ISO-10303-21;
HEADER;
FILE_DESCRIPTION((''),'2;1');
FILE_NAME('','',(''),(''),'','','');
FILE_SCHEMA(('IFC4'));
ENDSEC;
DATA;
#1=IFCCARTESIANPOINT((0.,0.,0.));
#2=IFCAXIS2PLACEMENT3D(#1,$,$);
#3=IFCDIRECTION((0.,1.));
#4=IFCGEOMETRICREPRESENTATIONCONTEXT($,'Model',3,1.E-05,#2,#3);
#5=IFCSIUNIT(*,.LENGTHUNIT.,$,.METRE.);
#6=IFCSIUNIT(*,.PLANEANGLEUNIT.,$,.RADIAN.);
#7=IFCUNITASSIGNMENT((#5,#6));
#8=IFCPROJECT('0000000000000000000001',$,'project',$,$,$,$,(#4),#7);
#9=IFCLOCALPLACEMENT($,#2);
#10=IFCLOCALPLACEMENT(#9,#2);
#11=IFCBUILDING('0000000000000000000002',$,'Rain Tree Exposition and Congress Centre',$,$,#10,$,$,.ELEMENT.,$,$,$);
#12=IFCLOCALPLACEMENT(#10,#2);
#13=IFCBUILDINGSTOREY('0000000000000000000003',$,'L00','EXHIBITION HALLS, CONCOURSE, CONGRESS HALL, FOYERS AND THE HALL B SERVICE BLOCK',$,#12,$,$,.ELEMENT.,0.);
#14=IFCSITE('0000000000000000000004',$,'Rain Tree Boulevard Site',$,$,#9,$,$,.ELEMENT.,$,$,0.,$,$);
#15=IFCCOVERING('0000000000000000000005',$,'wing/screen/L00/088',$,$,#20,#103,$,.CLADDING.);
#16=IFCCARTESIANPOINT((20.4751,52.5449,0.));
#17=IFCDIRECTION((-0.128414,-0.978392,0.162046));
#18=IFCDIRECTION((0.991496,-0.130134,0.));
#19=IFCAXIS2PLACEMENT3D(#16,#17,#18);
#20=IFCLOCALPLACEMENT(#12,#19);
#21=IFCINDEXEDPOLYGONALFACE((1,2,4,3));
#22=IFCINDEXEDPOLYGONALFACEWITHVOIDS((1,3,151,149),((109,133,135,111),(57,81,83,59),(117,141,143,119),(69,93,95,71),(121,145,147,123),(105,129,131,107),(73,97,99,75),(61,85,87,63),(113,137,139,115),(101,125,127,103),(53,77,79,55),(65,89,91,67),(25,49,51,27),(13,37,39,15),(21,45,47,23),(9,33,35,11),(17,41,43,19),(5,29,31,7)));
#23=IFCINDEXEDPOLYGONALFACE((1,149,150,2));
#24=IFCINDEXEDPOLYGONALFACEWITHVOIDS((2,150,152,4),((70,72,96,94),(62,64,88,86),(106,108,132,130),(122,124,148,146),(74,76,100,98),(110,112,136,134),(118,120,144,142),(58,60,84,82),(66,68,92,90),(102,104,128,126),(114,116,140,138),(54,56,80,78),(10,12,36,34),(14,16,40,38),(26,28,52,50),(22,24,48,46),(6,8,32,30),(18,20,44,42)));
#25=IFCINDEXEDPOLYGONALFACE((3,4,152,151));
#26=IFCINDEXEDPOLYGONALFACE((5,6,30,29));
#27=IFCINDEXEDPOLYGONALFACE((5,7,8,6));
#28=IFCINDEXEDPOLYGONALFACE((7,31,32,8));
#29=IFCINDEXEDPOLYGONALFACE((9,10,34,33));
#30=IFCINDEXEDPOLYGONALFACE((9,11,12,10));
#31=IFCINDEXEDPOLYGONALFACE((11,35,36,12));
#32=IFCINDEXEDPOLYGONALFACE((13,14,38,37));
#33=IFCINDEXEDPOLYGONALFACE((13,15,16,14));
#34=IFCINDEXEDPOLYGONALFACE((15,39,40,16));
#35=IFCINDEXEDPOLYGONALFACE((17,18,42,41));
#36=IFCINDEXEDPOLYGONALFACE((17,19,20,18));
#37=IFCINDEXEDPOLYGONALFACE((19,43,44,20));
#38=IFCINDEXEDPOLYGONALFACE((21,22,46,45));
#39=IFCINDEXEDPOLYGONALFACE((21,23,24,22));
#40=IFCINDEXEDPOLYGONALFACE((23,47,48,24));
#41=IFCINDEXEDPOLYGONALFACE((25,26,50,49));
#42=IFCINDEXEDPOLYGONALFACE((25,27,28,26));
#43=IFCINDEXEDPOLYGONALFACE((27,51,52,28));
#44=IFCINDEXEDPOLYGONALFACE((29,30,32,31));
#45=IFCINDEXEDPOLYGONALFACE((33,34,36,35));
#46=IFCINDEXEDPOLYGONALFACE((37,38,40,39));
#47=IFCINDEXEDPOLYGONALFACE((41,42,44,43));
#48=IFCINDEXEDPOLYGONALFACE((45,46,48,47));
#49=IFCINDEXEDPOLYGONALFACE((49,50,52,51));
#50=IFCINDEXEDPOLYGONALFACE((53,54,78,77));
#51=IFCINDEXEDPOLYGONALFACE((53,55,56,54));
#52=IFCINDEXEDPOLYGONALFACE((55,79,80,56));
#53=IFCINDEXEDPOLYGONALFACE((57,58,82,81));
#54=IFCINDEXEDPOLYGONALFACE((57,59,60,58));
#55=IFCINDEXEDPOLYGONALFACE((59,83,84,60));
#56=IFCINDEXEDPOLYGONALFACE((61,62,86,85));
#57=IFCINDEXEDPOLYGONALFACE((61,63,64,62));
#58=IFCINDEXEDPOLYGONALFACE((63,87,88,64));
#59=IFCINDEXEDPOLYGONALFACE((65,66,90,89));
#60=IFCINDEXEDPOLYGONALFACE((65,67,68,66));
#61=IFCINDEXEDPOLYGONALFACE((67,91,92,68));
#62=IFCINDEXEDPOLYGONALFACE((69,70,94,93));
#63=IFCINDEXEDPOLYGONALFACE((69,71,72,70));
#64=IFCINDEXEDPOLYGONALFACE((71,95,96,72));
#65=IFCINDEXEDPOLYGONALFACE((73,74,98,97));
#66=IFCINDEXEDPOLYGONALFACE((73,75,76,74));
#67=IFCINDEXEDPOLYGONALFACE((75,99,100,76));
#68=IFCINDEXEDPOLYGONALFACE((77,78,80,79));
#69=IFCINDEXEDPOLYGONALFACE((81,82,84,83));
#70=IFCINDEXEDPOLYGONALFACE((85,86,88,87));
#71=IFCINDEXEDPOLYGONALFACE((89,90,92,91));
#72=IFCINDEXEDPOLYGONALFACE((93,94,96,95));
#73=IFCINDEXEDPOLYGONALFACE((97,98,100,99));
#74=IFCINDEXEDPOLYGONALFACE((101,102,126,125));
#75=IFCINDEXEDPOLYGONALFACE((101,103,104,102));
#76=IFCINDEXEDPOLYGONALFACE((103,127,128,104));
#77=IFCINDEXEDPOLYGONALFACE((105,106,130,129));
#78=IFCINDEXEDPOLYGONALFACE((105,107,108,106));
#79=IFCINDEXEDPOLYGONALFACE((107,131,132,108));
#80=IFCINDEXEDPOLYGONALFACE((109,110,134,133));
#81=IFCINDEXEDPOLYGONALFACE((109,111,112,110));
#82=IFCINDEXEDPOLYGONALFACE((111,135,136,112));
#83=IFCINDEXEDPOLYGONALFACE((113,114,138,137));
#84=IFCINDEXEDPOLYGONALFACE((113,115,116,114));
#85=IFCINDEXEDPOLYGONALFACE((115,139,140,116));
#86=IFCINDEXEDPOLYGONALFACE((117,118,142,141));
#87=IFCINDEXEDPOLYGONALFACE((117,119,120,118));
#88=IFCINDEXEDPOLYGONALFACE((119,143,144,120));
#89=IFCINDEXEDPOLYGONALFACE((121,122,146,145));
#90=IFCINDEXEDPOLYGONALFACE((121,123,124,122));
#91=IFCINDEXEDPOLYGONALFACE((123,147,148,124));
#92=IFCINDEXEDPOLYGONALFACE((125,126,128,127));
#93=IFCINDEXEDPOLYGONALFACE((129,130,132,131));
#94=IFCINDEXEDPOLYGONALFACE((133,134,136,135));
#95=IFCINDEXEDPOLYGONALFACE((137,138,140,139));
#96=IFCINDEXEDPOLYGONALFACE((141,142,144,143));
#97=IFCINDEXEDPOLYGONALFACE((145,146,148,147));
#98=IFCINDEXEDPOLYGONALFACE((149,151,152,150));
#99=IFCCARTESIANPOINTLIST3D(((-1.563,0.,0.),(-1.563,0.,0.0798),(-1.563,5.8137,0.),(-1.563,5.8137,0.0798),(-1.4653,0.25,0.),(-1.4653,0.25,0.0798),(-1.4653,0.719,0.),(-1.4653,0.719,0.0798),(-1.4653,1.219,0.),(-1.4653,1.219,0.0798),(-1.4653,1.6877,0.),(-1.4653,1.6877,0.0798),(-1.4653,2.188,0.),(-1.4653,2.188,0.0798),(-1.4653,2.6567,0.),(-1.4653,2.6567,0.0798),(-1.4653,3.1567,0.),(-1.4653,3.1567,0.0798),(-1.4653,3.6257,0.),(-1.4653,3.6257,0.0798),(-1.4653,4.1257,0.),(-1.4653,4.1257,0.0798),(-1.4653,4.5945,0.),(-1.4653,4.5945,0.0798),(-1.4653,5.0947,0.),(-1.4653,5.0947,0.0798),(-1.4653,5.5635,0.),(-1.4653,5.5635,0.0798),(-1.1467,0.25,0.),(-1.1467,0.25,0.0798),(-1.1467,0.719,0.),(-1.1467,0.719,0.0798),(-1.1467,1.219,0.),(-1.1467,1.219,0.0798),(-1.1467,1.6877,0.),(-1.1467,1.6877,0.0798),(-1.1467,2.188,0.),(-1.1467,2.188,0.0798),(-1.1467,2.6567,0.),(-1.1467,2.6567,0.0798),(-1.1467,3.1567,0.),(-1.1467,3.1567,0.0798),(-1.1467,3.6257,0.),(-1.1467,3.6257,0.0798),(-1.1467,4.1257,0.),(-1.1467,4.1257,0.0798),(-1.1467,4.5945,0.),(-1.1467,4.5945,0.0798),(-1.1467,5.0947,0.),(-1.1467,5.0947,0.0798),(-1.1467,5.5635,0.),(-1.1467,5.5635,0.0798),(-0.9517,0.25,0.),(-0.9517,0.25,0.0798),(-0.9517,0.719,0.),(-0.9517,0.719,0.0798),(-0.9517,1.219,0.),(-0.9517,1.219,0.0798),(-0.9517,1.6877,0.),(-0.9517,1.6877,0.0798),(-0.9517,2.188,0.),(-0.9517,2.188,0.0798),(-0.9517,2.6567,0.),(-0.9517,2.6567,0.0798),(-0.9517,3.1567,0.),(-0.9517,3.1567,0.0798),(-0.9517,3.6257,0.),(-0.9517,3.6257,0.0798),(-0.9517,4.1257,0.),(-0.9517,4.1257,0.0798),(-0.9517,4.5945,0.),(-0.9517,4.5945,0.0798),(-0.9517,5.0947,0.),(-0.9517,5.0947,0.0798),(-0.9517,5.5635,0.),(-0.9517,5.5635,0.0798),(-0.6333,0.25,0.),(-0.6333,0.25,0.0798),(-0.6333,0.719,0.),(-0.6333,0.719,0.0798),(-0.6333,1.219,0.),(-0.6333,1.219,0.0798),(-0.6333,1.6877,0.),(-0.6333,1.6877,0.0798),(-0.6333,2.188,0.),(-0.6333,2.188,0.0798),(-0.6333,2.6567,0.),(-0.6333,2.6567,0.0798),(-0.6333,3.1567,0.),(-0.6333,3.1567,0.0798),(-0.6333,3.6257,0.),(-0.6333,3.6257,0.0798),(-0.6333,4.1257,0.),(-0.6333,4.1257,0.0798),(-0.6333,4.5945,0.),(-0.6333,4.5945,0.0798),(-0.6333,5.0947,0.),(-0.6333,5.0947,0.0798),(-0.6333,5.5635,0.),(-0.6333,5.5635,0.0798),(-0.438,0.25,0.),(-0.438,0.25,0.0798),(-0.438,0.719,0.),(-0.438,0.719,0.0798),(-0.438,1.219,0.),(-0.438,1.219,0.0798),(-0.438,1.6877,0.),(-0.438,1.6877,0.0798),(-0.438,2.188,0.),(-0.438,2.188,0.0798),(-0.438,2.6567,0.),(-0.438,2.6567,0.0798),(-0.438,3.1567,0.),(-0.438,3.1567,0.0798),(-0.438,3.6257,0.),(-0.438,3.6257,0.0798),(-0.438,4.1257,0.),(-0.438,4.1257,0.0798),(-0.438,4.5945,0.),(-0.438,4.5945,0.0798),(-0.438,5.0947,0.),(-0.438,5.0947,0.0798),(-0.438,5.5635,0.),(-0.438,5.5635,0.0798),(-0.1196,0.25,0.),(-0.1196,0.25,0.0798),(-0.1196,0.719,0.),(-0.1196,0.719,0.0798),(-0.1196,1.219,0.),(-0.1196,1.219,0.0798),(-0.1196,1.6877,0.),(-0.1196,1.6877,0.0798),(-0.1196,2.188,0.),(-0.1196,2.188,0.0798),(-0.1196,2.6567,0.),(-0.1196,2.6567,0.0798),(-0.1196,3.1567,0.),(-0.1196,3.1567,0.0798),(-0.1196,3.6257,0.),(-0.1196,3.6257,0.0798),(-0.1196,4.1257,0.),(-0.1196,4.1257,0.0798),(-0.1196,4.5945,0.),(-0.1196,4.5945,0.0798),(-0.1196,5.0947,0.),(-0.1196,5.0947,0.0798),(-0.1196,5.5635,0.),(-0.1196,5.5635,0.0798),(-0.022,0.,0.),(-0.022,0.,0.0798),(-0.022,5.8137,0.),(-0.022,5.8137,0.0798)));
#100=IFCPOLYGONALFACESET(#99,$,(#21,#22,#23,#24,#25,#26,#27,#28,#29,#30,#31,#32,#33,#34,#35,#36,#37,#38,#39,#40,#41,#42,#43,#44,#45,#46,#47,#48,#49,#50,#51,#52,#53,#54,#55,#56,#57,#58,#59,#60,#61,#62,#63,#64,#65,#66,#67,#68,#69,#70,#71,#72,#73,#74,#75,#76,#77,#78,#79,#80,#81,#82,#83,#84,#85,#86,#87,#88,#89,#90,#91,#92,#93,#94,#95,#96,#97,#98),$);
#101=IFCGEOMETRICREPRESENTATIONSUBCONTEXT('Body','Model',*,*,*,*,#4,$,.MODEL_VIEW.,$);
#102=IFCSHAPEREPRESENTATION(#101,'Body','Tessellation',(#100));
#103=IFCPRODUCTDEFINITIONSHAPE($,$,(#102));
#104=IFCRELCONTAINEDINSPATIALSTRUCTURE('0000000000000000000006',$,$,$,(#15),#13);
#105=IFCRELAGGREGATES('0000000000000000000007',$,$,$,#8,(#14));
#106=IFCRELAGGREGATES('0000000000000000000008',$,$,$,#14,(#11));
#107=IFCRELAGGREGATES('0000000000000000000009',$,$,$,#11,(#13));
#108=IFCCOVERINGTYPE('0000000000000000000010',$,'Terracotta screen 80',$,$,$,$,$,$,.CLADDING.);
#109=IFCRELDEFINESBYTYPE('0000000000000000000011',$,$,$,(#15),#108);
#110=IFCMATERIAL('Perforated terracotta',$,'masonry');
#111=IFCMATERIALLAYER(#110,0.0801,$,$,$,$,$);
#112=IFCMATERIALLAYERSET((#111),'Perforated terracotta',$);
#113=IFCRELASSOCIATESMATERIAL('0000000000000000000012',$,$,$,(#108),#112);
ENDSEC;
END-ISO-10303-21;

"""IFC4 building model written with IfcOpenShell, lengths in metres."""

from ifc_helpers import new_model, si_unit, direction, frame, origin, place, context, subcontext, project, spatial, polyline, outline, extrude, material, layer, layer_set, type_object, element, save


model = new_model("IFC4")

# Units and contexts
model_context = context("Model", 3, precision=1e-05, world=origin(), true_north=direction((0.0, 1.0)))
body_context = subcontext(model_context, "Body", "Model", "MODEL_VIEW")
ifc_project = project(units=[si_unit("LENGTHUNIT", "METRE"), si_unit("PLANEANGLEUNIT", "RADIAN")], contexts=[model_context])

# Site, building, storey
site_placement = place(None, origin())
site = spatial("IfcSite", under=ifc_project, at=site_placement, Name="Rain Tree Boulevard Site", CompositionType="ELEMENT", RefElevation=0.0)
building_placement = place(site_placement, origin())
building = spatial("IfcBuilding", under=site, at=building_placement, Name="Rain Tree Exposition and Congress Centre", CompositionType="ELEMENT")
storey_placement = place(building_placement, origin())
storey = spatial("IfcBuildingStorey", under=building, at=storey_placement, Name="L00", Description="EXHIBITION HALLS, CONCOURSE, CONGRESS HALL, FOYERS AND THE HALL B SERVICE BLOCK", CompositionType="ELEMENT", Elevation=0.0)

# Covering
ifc_material_1 = material(Name="Perforated terracotta", Category="masonry")
ifc_layer_1 = layer(ifc_material_1, 0.0801)
ifc_layer_set_1 = layer_set([ifc_layer_1], Name="Perforated terracotta")
covering_type = type_object("IfcCoveringType", Name="Terracotta screen 80", PredefinedType="CLADDING", material=ifc_layer_set_1)
covering_1_placement = place(storey_placement, frame((20.4751, 52.5449, 0.0), z_axis=(-0.128414, -0.978392, 0.162046), x_axis=(0.991496, -0.130134, 0.0)))
element("IfcCovering", 1, at=covering_1_placement, inside=storey, type_object=covering_type, Name="wing/screen/L00/088", PredefinedType="CLADDING", context=body_context, shape_type="SweptSolid", body=[
    extrude(outline(polyline([(-0.022, 5.8137), (-0.022, 0.0), (-1.563, 0.0), (-1.563, 5.8137), (-0.022, 5.8137)]), holes=[polyline([(-0.1196, 0.25), (-0.1196, 0.719), (-0.438, 0.719), (-0.438, 0.25), (-0.1196, 0.25)]), polyline([(-0.1196, 1.219), (-0.1196, 1.6877), (-0.438, 1.6877), (-0.438, 1.219), (-0.1196, 1.219)]), polyline([(-0.1196, 2.188), (-0.1196, 2.6567), (-0.438, 2.6567), (-0.438, 2.188), (-0.1196, 2.188)]), polyline([(-0.1196, 3.1567), (-0.1196, 3.6257), (-0.438, 3.6257), (-0.438, 3.1567), (-0.1196, 3.1567)]), polyline([(-0.1196, 4.1257), (-0.1196, 4.5945), (-0.438, 4.5945), (-0.438, 4.1257), (-0.1196, 4.1257)]), polyline([(-0.1196, 5.0947), (-0.1196, 5.5635), (-0.438, 5.5635), (-0.438, 5.0947), (-0.1196, 5.0947)]), polyline([(-0.6333, 0.25), (-0.6333, 0.719), (-0.9517, 0.719), (-0.9517, 0.25), (-0.6333, 0.25)]), polyline([(-0.6333, 1.219), (-0.6333, 1.6877), (-0.9517, 1.6877), (-0.9517, 1.219), (-0.6333, 1.219)]), polyline([(-0.6333, 2.188), (-0.6333, 2.6567), (-0.9517, 2.6567), (-0.9517, 2.188), (-0.6333, 2.188)]), polyline([(-0.6333, 3.1567), (-0.6333, 3.6257), (-0.9517, 3.6257), (-0.9517, 3.1567), (-0.6333, 3.1567)]), polyline([(-0.6333, 4.1257), (-0.6333, 4.5945), (-0.9517, 4.5945), (-0.9517, 4.1257), (-0.6333, 4.1257)]), polyline([(-0.6333, 5.0947), (-0.6333, 5.5635), (-0.9517, 5.5635), (-0.9517, 5.0947), (-0.6333, 5.0947)]), polyline([(-1.1467, 0.25), (-1.1467, 0.719), (-1.4653, 0.719), (-1.4653, 0.25), (-1.1467, 0.25)]), polyline([(-1.1467, 1.219), (-1.1467, 1.6877), (-1.4653, 1.6877), (-1.4653, 1.219), (-1.1467, 1.219)]), polyline([(-1.1467, 2.188), (-1.1467, 2.6567), (-1.4653, 2.6567), (-1.4653, 2.188), (-1.1467, 2.188)]), polyline([(-1.1467, 3.1567), (-1.1467, 3.6257), (-1.4653, 3.6257), (-1.4653, 3.1567), (-1.1467, 3.1567)]), polyline([(-1.1467, 4.1257), (-1.1467, 4.5945), (-1.4653, 4.5945), (-1.4653, 4.1257), (-1.1467, 4.1257)]), polyline([(-1.1467, 5.0947), (-1.1467, 5.5635), (-1.4653, 5.5635), (-1.4653, 5.0947), (-1.1467, 5.0947)])]), origin(), (0.0, 0.0, 1.0), 0.0798),
])

save(model, "model.ifc")
